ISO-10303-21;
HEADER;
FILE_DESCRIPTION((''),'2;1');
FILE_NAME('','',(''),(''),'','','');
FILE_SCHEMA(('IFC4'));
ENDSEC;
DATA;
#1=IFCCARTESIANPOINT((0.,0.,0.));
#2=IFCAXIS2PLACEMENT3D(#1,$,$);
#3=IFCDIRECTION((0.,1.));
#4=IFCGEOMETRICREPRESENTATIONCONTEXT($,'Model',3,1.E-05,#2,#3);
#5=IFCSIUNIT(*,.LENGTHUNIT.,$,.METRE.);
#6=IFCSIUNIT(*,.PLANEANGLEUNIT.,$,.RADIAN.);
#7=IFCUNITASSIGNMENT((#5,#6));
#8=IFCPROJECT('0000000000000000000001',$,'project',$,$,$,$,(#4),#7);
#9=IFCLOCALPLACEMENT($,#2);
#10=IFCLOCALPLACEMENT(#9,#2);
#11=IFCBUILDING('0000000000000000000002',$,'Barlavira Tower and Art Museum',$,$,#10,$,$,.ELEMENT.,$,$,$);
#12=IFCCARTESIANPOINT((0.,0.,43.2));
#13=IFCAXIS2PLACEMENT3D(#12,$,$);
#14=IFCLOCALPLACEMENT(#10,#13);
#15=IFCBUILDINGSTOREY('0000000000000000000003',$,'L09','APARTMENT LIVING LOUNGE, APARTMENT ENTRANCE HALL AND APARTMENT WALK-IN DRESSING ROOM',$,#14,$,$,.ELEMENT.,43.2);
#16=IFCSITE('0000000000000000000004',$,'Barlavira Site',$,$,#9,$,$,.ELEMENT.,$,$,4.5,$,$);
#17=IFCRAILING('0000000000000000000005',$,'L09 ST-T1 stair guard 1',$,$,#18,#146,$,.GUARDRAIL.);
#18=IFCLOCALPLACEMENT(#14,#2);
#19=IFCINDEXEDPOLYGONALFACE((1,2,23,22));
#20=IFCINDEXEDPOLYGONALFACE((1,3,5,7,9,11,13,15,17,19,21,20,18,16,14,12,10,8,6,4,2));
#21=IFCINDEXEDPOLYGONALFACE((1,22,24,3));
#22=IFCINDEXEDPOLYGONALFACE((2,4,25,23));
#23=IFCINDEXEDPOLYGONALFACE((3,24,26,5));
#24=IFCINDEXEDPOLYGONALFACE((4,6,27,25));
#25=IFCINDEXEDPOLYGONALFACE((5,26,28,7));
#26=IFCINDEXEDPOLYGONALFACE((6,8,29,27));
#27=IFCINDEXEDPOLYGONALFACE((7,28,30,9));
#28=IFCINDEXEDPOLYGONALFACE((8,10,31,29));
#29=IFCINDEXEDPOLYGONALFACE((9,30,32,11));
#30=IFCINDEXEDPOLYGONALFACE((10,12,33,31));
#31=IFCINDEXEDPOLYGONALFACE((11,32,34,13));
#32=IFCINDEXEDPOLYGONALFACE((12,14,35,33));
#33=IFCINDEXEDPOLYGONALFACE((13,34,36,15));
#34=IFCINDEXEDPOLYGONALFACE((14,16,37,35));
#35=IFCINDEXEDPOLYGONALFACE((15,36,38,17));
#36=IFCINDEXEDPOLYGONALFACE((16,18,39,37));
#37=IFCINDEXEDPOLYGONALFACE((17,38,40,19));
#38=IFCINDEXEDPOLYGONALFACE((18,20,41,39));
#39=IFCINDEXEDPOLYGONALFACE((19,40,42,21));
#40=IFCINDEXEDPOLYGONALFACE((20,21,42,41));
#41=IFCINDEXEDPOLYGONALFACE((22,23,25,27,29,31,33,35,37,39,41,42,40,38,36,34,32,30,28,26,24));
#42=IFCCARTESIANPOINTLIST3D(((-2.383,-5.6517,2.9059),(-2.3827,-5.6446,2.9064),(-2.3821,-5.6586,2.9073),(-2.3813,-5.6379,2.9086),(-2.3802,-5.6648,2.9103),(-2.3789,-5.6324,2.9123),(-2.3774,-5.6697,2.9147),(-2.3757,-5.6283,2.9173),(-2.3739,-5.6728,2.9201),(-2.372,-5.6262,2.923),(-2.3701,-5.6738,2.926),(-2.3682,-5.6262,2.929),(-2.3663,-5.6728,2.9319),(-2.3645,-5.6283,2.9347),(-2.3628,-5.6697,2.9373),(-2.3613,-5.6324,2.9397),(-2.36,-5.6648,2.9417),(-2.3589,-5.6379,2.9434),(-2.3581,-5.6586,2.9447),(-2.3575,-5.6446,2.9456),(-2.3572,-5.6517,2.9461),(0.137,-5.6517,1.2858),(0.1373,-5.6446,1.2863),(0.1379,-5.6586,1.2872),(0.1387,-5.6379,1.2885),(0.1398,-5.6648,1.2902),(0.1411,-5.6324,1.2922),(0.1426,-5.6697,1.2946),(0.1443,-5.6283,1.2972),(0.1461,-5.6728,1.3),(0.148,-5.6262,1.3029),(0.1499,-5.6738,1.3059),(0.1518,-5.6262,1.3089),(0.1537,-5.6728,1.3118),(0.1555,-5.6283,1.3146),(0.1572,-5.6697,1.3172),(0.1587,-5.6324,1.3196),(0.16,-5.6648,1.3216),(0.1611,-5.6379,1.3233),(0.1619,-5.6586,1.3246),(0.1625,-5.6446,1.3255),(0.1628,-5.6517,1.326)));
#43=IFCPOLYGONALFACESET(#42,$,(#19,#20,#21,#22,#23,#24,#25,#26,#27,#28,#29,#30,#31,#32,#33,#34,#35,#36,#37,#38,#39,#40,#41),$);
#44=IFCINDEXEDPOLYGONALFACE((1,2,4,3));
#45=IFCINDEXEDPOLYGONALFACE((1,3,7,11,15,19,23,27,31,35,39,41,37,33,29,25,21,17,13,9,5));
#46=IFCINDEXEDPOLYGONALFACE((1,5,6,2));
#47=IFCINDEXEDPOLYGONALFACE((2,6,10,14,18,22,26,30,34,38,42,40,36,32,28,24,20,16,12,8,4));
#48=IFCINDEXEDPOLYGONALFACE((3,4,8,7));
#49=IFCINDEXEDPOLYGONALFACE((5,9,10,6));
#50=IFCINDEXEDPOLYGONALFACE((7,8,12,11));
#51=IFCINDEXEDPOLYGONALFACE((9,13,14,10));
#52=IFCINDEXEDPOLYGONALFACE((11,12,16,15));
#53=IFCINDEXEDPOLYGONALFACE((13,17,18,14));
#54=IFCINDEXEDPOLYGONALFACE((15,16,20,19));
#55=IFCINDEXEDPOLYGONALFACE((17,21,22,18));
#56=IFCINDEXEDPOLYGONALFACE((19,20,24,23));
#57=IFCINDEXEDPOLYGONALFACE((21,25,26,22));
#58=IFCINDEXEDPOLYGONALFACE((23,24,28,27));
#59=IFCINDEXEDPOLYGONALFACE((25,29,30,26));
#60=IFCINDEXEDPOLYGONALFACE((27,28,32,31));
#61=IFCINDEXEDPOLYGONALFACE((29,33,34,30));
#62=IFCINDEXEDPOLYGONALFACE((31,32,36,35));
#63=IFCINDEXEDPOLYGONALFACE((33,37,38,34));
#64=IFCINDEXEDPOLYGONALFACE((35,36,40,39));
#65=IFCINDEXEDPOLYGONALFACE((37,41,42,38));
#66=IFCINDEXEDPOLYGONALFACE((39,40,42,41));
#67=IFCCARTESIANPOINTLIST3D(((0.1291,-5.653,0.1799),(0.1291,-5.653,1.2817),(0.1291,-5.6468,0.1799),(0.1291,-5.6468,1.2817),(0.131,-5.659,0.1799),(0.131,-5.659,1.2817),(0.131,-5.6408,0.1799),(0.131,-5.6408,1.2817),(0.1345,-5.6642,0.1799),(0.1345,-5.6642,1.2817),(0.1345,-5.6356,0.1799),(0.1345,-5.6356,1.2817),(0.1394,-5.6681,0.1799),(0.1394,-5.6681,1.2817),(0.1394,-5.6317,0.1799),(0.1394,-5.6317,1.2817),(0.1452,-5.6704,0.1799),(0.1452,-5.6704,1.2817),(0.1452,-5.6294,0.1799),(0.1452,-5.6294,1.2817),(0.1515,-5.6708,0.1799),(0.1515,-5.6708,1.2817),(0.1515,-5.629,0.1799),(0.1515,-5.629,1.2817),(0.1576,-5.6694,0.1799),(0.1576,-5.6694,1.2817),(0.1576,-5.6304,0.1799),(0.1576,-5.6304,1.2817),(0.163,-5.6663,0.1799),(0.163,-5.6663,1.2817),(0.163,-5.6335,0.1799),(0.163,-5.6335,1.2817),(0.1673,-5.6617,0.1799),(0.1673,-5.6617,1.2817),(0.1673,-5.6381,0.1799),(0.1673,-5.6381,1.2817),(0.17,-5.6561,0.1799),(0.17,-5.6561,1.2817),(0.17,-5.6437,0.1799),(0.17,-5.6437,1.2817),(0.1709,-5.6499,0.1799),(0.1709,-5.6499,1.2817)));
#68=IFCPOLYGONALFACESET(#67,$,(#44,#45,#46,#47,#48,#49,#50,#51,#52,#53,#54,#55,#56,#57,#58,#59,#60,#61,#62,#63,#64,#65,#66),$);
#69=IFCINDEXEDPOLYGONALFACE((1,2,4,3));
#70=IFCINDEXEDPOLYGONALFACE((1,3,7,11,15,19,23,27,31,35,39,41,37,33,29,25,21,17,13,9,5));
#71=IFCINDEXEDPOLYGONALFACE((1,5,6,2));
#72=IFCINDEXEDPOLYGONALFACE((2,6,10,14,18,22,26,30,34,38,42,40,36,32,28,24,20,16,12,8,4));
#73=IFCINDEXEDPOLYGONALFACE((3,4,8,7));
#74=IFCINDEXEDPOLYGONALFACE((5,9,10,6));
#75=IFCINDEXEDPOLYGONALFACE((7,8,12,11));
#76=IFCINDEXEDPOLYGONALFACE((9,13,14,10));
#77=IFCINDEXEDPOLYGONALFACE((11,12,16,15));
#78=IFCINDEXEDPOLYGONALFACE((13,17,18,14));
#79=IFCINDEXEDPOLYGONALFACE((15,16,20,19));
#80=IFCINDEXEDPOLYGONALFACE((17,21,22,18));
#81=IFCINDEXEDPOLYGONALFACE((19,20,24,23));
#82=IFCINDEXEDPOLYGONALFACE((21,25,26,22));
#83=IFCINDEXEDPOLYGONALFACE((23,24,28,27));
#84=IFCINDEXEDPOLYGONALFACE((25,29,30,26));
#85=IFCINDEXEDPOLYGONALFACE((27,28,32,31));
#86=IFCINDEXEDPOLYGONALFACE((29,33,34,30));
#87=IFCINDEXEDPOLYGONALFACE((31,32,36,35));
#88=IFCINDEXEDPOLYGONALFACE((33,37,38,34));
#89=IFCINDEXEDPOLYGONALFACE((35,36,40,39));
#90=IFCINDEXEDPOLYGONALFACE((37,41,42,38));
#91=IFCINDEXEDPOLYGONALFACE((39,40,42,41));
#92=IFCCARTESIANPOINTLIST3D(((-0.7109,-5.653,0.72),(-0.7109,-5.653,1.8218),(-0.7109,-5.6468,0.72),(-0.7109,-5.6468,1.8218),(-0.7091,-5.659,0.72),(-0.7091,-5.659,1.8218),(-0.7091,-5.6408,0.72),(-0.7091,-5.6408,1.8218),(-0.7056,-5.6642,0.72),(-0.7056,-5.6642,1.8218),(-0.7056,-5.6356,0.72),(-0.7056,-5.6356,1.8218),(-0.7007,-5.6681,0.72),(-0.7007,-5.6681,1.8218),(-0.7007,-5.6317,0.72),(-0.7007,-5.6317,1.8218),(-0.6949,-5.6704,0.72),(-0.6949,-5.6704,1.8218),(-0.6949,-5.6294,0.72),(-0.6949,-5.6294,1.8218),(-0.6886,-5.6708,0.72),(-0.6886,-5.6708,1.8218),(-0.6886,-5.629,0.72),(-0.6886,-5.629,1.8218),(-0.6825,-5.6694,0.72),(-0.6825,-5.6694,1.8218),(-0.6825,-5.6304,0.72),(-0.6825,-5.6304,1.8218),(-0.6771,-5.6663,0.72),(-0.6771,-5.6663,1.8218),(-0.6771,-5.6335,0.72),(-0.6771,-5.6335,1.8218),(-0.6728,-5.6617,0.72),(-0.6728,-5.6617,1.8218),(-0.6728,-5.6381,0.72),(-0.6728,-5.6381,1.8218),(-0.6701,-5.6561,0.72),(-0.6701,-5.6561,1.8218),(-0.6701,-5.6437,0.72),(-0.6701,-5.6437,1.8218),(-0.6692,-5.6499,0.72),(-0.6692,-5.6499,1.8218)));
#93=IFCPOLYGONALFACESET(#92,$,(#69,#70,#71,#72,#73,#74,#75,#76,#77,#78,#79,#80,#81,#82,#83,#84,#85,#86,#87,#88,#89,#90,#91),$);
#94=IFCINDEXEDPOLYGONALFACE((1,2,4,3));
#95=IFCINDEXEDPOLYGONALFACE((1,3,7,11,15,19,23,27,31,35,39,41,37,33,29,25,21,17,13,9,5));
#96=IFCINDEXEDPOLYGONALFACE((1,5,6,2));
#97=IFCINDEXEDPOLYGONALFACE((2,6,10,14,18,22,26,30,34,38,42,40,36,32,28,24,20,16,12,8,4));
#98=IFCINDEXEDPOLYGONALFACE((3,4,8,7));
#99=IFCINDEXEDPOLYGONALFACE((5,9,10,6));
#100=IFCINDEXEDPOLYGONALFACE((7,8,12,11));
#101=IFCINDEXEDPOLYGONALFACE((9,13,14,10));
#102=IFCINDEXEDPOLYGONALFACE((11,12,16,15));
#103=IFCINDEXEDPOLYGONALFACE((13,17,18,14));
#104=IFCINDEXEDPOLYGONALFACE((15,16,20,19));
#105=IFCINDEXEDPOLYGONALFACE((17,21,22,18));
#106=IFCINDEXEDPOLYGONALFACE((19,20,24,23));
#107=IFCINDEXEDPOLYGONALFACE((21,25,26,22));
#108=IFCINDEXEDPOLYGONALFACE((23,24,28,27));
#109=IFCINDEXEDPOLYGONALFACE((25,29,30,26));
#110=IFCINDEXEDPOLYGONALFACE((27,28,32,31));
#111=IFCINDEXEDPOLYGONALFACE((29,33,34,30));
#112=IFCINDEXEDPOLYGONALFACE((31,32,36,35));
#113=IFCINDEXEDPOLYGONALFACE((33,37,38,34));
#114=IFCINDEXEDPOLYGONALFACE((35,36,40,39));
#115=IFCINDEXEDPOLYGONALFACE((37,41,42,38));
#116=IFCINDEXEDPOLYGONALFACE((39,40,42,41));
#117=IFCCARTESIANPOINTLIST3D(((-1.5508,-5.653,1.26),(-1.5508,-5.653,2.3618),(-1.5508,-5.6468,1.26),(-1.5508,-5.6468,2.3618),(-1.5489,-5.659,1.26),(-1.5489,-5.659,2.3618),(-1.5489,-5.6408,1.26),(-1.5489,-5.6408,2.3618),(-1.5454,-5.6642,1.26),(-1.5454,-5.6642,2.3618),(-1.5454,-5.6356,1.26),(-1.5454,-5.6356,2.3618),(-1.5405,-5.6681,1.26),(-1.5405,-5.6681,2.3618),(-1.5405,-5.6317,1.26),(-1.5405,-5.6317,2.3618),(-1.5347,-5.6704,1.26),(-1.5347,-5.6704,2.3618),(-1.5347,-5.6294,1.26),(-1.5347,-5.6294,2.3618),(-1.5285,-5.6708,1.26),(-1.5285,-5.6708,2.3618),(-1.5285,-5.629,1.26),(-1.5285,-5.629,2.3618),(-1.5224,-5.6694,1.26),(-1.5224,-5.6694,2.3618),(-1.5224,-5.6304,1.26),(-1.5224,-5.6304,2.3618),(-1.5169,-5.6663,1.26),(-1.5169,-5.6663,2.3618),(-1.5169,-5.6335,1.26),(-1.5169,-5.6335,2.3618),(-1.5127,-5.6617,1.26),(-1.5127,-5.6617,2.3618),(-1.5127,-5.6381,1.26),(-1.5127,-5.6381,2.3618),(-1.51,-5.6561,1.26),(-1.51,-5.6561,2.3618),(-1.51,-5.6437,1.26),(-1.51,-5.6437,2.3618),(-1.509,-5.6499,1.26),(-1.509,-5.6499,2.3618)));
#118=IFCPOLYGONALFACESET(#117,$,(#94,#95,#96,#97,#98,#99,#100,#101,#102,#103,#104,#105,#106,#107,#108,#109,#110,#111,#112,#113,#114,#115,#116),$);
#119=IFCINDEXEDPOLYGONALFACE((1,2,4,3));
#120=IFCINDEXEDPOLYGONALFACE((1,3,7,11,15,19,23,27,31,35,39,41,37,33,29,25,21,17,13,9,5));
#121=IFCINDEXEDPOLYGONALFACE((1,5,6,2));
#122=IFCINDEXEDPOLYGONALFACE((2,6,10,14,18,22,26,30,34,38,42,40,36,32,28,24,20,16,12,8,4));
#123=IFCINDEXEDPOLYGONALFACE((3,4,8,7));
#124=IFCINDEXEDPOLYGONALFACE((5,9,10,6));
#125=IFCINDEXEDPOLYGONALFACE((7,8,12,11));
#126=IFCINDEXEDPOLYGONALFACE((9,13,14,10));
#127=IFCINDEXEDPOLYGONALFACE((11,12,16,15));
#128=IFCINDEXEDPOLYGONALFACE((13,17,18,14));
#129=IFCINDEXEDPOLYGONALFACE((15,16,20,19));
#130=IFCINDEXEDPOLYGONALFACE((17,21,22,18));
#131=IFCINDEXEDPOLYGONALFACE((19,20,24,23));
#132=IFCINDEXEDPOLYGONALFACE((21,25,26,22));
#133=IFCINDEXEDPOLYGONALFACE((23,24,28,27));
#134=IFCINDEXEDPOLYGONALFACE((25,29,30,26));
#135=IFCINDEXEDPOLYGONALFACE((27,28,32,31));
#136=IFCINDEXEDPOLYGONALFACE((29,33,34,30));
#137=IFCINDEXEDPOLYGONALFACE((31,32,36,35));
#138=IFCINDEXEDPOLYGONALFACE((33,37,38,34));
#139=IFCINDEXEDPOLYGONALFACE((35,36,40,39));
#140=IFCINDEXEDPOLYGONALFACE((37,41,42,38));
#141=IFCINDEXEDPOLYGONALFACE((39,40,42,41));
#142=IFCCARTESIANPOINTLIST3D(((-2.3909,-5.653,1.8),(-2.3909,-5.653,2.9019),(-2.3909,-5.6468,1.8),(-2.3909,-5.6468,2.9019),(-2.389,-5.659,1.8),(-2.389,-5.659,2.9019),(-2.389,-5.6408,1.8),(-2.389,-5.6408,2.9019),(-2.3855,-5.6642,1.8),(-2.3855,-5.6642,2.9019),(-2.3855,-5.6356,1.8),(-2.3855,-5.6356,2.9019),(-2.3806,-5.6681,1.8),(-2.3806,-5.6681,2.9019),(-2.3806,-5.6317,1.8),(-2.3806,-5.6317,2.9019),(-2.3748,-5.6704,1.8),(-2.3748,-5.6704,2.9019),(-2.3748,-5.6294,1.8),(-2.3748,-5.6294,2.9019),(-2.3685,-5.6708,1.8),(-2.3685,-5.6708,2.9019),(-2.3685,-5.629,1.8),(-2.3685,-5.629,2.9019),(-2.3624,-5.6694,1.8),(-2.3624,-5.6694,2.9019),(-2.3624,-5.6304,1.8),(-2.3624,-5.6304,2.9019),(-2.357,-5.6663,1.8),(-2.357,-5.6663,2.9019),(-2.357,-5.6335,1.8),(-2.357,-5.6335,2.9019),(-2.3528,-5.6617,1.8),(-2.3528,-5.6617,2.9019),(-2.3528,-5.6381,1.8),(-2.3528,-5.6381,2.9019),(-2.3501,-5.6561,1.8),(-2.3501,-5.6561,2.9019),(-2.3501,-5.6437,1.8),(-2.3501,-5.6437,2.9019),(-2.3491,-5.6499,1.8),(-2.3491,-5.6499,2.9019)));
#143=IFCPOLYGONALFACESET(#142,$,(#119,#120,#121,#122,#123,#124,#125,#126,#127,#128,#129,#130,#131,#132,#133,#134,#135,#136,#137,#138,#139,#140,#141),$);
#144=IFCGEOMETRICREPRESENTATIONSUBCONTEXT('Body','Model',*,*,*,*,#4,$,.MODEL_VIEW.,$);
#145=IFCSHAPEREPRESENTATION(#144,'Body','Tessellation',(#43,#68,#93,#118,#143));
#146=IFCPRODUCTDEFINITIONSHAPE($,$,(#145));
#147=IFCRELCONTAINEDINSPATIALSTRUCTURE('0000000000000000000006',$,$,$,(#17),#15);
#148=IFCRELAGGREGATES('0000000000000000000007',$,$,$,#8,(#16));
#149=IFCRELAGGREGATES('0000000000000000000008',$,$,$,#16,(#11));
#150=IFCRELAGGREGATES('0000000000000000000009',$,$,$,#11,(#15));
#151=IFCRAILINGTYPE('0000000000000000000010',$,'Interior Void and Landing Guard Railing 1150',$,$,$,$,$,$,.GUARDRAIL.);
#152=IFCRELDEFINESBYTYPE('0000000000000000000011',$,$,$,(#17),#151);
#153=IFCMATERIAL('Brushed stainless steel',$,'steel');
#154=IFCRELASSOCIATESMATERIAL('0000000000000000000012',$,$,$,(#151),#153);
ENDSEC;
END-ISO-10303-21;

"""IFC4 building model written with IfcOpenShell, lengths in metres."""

from ifc_helpers import new_model, si_unit, direction, frame, origin, origin_2d, place, context, subcontext, project, spatial, circle, extrude, material, type_object, element, save


model = new_model("IFC4")

# Units and contexts
model_context = context("Model", 3, precision=1e-05, world=origin(), true_north=direction((0.0, 1.0)))
body_context = subcontext(model_context, "Body", "Model", "MODEL_VIEW")
ifc_project = project(units=[si_unit("LENGTHUNIT", "METRE"), si_unit("PLANEANGLEUNIT", "RADIAN")], contexts=[model_context])

# Site, building, storey
site_placement = place(None, origin())
site = spatial("IfcSite", under=ifc_project, at=site_placement, Name="Barlavira Site", CompositionType="ELEMENT", RefElevation=4.5)
building_placement = place(site_placement, origin())
building = spatial("IfcBuilding", under=site, at=building_placement, Name="Barlavira Tower and Art Museum", CompositionType="ELEMENT")
storey_placement = place(building_placement, frame((0.0, 0.0, 43.2)))
storey = spatial("IfcBuildingStorey", under=building, at=storey_placement, Name="L09", Description="APARTMENT LIVING LOUNGE, APARTMENT ENTRANCE HALL AND APARTMENT WALK-IN DRESSING ROOM", CompositionType="ELEMENT", Elevation=43.2)

# Shared definitions
ifc_material_1 = material(Name="Brushed stainless steel", Category="steel")

# Railing
railing_type_1 = type_object("IfcRailingType", Name="Interior Void and Landing Guard Railing 1150", PredefinedType="GUARDRAIL", material=ifc_material_1)
railing_1_placement = place(storey_placement, frame((0.1499, -5.6499, 0.1799)))
element("IfcRailing", 1, at=railing_1_placement, inside=storey, type_object=railing_type_1, Name="L09 ST-T1 stair guard 1", PredefinedType="GUARDRAIL", context=body_context, shape_type="SweptSolid", body=[
    extrude(circle(Radius=0.0239, at=origin_2d()), frame((0.0, 0.0, 1.126), z_axis=(-0.841163, 0.0, 0.540782), x_axis=(0.0, -1.0, 0.0)), (0.0, 0.0, 1.0), 2.9958),
    extrude(circle(Radius=0.021, at=origin_2d()), origin(), (0.0, 0.0, 1.0), 1.1018),
    extrude(circle(Radius=0.021, at=origin_2d()), frame((-0.8401, 0.0, 0.54)), (0.0, 0.0, 1.0), 1.1018),
    extrude(circle(Radius=0.021, at=origin_2d()), frame((-1.6799, 0.0, 1.0801)), (0.0, 0.0, 1.0), 1.1018),
    extrude(circle(Radius=0.021, at=origin_2d()), frame((-2.52, 0.0, 1.6201)), (0.0, 0.0, 1.0), 1.1018),
])

save(model, "model.ifc")
